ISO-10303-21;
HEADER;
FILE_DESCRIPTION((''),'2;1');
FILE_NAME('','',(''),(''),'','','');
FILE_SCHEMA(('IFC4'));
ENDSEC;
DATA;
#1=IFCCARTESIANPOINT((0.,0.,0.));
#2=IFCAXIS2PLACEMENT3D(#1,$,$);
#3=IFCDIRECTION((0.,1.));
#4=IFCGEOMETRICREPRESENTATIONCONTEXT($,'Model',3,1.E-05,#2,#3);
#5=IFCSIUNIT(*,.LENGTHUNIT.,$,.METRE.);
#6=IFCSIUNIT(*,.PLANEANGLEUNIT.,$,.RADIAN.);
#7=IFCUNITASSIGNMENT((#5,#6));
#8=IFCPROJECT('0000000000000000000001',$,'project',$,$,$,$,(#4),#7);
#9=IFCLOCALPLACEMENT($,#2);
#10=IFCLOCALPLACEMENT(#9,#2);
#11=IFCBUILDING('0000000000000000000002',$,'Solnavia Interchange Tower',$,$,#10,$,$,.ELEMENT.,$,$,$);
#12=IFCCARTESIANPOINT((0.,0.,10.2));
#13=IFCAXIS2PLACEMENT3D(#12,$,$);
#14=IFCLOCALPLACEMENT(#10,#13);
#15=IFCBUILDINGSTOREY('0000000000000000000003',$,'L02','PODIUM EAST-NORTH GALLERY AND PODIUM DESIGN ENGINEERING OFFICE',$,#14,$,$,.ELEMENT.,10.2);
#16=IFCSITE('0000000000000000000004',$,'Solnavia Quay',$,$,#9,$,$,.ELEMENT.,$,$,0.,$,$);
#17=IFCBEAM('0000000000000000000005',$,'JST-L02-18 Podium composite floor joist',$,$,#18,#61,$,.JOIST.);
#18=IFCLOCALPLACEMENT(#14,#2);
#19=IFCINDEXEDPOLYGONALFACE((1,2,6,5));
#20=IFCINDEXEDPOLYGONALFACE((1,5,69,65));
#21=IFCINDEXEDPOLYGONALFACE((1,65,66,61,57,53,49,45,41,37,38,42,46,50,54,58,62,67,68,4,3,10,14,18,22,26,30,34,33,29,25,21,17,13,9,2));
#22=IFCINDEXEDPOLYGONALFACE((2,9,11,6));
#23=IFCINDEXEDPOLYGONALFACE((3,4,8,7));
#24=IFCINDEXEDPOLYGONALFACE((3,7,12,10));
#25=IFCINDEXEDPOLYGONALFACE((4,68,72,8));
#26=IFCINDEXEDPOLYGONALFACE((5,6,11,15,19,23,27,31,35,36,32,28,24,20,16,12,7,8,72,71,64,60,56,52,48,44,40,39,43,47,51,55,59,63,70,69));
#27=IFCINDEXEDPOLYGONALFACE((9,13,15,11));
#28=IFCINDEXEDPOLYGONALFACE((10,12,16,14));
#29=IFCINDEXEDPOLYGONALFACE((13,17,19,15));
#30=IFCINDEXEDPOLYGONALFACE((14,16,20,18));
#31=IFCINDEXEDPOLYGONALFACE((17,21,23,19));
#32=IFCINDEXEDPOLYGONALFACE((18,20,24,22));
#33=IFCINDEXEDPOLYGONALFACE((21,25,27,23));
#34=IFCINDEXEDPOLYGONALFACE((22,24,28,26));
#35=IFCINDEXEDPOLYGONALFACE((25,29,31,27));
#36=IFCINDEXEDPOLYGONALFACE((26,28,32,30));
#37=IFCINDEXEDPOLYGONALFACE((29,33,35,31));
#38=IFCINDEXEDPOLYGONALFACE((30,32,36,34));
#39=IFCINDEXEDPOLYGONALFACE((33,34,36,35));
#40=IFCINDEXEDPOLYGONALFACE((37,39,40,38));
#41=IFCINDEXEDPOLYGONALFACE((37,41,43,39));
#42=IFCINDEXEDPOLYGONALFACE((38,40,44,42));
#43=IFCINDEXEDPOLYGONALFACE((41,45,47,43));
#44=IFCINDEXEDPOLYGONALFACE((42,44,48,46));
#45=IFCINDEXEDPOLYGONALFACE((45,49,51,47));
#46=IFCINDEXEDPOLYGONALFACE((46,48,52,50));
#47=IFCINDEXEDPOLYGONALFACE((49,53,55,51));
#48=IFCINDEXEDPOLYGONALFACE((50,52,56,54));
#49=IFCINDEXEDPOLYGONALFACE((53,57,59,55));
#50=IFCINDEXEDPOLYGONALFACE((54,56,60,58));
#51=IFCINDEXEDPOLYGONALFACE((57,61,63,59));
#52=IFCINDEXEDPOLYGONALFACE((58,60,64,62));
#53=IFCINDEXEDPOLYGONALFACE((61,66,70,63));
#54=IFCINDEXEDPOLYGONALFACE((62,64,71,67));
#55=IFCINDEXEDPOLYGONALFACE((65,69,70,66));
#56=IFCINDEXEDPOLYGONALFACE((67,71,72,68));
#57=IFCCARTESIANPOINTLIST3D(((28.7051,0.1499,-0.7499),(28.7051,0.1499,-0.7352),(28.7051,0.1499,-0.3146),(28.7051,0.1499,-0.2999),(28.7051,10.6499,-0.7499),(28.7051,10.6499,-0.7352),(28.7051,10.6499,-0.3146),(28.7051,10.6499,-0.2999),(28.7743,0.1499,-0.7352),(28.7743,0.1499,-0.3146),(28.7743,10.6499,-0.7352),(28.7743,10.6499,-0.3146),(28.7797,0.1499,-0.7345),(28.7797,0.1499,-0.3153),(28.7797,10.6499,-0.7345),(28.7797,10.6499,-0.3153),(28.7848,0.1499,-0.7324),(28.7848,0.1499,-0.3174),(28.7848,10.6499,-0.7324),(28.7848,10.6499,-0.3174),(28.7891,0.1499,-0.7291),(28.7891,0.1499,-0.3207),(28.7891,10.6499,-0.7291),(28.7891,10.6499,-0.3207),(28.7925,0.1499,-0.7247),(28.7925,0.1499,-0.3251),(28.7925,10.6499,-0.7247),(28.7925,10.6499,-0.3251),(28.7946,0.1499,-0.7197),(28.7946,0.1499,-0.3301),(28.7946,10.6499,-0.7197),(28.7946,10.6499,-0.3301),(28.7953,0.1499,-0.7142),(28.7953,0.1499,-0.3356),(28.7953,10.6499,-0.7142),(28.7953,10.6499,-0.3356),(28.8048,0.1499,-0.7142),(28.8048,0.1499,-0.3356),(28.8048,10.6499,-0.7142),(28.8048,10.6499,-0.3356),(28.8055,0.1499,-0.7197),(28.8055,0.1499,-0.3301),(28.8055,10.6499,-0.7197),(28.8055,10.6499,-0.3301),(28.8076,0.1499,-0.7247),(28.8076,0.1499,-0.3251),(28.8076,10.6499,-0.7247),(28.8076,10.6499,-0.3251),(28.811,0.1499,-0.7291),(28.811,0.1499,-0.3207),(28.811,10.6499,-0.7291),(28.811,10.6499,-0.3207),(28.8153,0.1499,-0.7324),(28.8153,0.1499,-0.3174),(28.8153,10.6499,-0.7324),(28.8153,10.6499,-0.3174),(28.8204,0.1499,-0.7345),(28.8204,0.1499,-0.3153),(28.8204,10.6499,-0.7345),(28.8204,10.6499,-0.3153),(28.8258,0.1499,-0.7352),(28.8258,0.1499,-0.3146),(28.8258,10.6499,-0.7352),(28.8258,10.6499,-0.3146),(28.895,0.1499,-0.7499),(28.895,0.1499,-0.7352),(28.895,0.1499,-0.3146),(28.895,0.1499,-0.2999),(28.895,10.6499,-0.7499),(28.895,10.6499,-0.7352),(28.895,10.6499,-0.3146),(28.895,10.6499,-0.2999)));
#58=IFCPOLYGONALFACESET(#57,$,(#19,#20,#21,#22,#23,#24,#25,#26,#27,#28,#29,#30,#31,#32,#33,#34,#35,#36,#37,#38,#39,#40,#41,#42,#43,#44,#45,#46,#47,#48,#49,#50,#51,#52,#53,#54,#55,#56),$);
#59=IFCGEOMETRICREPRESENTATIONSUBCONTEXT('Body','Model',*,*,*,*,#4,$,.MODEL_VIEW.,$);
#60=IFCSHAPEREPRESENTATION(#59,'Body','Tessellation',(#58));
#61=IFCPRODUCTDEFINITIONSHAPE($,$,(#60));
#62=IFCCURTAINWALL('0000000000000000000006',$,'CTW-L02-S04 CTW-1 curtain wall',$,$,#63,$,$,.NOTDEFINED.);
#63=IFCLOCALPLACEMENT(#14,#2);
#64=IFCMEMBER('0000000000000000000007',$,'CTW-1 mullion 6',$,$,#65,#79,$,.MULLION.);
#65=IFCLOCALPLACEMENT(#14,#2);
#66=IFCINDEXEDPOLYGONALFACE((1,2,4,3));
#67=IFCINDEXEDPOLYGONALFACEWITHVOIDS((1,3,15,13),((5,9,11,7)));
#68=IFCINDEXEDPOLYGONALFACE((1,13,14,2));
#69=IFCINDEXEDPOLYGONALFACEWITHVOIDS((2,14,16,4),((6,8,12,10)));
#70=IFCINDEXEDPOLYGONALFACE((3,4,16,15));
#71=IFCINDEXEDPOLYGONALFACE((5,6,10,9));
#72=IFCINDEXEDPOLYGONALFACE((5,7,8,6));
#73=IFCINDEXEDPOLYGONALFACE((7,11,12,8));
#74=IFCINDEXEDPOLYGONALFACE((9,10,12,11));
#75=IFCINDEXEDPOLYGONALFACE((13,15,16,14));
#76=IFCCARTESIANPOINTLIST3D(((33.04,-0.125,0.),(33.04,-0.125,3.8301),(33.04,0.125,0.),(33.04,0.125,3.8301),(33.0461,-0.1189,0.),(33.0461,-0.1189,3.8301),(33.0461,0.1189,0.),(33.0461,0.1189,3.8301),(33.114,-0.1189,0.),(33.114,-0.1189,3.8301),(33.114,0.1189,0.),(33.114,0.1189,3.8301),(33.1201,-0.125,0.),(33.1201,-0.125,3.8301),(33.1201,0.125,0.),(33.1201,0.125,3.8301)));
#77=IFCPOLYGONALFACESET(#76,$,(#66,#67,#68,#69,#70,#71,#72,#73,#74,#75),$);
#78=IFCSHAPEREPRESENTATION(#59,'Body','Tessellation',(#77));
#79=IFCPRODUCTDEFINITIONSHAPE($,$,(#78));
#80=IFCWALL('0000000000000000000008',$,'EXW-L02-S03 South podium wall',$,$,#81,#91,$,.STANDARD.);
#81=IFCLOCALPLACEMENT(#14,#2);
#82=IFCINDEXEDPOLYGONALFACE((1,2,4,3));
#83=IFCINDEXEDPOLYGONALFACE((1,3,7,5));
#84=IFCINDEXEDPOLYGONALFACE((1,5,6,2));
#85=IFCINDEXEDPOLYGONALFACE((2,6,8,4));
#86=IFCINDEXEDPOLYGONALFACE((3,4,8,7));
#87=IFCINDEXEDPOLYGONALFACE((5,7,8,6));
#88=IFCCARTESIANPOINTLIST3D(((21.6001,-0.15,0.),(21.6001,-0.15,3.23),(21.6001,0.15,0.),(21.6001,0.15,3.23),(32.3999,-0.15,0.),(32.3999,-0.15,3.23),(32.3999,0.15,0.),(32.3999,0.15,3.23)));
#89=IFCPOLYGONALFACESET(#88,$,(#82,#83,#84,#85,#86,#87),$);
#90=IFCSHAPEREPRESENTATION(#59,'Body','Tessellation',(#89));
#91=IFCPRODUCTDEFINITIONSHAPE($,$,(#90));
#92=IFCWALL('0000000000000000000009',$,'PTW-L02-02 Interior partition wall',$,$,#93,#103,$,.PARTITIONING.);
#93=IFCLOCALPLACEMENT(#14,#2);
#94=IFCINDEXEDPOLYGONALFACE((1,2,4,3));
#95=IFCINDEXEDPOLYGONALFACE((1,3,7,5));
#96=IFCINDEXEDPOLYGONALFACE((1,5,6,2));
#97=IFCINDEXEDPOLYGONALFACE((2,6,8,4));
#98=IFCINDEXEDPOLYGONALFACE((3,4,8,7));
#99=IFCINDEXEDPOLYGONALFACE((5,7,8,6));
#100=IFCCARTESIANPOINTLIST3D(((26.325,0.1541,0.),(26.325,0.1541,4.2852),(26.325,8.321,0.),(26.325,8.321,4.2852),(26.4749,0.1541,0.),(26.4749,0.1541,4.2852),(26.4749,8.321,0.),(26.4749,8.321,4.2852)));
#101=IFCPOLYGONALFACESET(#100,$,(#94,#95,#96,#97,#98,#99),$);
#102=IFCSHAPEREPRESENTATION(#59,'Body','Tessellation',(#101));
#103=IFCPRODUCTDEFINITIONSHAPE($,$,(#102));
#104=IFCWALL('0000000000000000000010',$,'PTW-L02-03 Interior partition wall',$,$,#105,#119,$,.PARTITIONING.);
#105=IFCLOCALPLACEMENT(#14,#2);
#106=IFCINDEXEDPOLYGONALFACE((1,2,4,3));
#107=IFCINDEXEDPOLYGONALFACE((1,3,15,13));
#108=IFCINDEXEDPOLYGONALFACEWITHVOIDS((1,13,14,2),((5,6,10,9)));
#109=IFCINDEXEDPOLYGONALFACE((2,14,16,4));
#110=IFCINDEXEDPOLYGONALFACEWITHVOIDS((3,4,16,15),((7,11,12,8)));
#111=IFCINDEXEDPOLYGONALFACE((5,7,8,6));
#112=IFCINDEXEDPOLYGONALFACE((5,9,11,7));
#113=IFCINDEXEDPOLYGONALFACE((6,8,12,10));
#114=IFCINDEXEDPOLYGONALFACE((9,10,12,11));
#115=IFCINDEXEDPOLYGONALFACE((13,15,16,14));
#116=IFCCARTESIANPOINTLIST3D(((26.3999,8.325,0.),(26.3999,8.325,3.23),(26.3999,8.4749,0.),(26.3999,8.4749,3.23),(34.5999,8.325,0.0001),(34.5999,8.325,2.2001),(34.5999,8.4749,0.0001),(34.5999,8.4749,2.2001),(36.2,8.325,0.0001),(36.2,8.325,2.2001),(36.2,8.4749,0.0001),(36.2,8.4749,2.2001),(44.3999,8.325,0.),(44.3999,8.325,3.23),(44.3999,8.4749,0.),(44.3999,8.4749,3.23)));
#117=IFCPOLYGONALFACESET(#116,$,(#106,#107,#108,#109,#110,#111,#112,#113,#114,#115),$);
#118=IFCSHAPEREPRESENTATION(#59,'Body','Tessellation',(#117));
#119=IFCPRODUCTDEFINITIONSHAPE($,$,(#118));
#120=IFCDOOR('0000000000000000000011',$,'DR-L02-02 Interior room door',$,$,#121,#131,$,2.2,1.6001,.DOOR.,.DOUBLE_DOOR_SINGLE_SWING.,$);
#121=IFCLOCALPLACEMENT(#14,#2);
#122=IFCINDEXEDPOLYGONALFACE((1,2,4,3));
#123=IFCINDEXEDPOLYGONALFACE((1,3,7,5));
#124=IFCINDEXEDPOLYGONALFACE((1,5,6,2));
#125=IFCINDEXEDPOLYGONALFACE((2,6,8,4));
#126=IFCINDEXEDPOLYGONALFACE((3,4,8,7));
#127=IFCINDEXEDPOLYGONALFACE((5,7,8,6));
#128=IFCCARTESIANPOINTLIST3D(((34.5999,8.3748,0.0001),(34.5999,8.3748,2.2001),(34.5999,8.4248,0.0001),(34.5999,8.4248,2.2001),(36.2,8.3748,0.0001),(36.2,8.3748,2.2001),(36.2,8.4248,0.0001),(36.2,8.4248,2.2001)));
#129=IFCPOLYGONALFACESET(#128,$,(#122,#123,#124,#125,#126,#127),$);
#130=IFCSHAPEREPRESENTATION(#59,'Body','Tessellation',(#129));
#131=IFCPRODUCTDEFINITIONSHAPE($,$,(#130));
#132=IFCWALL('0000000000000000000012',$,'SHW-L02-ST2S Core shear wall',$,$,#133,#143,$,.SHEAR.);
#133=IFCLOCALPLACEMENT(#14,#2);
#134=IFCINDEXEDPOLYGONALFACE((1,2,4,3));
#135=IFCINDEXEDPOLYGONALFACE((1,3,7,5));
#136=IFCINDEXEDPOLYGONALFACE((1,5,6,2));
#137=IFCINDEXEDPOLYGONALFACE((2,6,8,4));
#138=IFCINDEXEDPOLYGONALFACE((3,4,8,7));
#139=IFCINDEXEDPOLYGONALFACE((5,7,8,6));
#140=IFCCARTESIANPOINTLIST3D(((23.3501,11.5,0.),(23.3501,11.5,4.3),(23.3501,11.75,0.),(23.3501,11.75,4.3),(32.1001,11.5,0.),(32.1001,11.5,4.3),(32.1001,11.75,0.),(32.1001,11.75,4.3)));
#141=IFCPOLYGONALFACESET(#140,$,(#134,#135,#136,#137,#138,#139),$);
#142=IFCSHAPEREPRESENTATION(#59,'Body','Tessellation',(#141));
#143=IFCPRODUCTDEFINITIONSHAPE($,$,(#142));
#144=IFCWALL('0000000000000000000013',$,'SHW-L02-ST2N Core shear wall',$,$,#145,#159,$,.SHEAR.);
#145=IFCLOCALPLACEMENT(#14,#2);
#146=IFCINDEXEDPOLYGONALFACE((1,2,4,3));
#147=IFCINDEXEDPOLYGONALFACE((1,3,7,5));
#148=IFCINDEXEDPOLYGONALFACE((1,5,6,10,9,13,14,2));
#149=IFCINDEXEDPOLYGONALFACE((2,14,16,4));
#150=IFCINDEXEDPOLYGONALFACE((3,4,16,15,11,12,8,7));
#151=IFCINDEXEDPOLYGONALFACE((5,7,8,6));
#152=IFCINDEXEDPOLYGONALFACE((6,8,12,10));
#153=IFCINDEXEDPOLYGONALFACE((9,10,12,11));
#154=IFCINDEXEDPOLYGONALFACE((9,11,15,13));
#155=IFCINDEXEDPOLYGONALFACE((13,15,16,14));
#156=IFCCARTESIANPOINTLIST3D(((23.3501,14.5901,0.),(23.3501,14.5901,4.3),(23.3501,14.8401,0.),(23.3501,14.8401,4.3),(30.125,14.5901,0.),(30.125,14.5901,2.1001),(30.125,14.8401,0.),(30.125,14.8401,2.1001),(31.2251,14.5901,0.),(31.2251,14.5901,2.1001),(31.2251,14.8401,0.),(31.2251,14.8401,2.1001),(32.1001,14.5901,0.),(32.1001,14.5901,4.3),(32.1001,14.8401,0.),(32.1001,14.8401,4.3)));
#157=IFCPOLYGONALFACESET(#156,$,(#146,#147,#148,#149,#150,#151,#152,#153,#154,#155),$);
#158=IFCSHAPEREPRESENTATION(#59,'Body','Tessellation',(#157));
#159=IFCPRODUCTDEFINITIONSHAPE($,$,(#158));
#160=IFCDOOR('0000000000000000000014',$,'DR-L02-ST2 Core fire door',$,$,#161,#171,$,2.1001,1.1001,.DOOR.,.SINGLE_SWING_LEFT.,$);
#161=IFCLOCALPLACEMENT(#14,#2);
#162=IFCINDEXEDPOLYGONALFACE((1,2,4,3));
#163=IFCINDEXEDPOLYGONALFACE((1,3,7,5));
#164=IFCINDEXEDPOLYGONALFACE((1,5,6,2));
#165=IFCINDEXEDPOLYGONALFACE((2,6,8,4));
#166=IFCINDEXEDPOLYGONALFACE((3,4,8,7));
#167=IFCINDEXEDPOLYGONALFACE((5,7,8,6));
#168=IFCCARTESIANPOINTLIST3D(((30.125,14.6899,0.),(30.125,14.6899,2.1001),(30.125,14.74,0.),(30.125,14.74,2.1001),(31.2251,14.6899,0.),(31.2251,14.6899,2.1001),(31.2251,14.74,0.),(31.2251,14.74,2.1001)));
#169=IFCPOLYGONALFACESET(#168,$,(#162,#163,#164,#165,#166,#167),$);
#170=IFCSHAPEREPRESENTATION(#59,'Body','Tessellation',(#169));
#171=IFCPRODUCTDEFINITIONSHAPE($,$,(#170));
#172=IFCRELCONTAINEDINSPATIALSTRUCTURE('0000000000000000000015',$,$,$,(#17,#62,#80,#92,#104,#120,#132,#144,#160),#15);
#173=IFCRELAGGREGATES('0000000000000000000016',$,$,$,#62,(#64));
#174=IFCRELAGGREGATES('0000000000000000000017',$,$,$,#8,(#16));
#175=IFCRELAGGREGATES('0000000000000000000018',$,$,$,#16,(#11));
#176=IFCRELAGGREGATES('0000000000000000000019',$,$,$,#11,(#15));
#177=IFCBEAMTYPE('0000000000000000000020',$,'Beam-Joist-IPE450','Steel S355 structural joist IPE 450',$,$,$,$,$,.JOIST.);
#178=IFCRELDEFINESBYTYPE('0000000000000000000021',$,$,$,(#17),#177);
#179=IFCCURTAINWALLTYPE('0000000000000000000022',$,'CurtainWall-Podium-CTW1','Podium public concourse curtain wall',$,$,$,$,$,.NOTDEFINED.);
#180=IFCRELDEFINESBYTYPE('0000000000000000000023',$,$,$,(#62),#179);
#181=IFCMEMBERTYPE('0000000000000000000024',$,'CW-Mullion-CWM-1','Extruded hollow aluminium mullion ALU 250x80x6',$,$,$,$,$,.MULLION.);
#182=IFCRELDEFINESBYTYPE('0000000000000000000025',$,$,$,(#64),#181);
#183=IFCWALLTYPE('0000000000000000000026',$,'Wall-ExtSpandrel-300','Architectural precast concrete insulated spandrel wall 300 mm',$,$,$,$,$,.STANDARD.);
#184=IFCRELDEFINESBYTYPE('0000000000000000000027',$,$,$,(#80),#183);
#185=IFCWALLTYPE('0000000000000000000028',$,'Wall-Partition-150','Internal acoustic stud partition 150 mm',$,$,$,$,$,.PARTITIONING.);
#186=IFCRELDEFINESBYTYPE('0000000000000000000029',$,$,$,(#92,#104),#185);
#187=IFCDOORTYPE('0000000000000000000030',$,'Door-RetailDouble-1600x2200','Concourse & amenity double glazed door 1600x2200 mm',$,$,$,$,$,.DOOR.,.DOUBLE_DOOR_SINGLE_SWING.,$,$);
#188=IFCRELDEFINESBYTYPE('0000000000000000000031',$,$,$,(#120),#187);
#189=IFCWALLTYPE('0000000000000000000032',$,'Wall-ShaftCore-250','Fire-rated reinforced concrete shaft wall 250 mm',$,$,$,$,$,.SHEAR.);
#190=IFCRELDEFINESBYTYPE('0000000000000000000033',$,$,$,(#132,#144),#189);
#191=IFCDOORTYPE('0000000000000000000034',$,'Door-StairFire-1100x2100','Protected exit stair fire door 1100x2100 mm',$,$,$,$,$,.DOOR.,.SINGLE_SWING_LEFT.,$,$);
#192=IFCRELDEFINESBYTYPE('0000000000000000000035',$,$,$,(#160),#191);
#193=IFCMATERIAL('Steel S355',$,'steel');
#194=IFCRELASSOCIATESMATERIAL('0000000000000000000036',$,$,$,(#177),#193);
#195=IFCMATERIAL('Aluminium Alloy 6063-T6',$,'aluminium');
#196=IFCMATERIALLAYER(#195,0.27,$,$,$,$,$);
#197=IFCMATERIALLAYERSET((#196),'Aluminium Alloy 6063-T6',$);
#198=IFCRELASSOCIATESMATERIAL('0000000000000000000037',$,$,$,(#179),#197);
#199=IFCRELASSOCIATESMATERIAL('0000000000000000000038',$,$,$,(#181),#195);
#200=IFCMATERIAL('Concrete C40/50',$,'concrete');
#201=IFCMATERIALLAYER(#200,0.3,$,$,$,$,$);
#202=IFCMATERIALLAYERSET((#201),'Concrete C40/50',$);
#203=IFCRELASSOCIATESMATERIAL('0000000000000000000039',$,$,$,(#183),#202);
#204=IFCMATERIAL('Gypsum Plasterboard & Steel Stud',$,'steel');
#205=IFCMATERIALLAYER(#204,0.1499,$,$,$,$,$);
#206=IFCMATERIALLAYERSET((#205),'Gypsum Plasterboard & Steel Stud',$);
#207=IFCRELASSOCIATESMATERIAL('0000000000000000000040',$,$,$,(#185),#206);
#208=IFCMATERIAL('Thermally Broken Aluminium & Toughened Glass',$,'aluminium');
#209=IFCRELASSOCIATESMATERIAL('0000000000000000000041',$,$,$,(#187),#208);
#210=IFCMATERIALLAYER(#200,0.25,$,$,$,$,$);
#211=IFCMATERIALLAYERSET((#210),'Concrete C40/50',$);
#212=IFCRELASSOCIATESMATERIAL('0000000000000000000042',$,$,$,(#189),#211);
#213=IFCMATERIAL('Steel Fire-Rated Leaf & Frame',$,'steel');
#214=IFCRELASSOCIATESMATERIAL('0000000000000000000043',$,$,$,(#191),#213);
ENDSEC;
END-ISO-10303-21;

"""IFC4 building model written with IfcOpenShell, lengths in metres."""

from ifc_helpers import new_model, si_unit, direction, frame, frame_2d, origin, origin_2d, place, context, subcontext, project, spatial, rectangle, hollow_rectangle, i_section, extrude, material, layer, layer_set, material_profile, profile_set, type_object, element, fill, aggregate, save


model = new_model("IFC4")

# Units and contexts
model_context = context("Model", 3, precision=1e-05, world=origin(), true_north=direction((0.0, 1.0)))
body_context = subcontext(model_context, "Body", "Model", "MODEL_VIEW")
ifc_project = project(units=[si_unit("LENGTHUNIT", "METRE"), si_unit("PLANEANGLEUNIT", "RADIAN")], contexts=[model_context])

# Site, building, storey
site_placement = place(None, origin())
site = spatial("IfcSite", under=ifc_project, at=site_placement, Name="Solnavia Quay", CompositionType="ELEMENT", RefElevation=0.0)
building_placement = place(site_placement, origin())
building = spatial("IfcBuilding", under=site, at=building_placement, Name="Solnavia Interchange Tower", CompositionType="ELEMENT")
storey_placement = place(building_placement, frame((0.0, 0.0, 10.2)))
storey = spatial("IfcBuildingStorey", under=building, at=storey_placement, Name="L02", Description="PODIUM EAST-NORTH GALLERY AND PODIUM DESIGN ENGINEERING OFFICE", CompositionType="ELEMENT", Elevation=10.2)

# Beam
ifc_material_1 = material(Name="Steel S355", Category="steel")
ifc_material_profile_1 = material_profile(ifc_material_1, i_section(OverallWidth=0.1899, OverallDepth=0.45, WebThickness=0.0095, FlangeThickness=0.0146, FilletRadius=0.021, at=origin_2d()), Name="IPE 450")
ifc_profile_set_1 = profile_set([ifc_material_profile_1], Name="Steel S355")
beam_type_1 = type_object("IfcBeamType", Name="Beam-Joist-IPE450", Description="Steel S355 structural joist IPE 450", PredefinedType="JOIST", material=ifc_profile_set_1)
for number, where, z_axis, x_axis, name in (
    (1, (28.8, 0.1499, -0.5249), (0.0, 1.0, 0.0), (-1.0, 0.0, 0.0), "JST-L02-18 Podium composite floor joist"),
):
    element("IfcBeam", number, at=place(storey_placement, frame(where, z_axis=z_axis, x_axis=x_axis)), inside=storey, type_object=beam_type_1, Name=name, PredefinedType="JOIST", context=body_context, shape_type="SweptSolid", body=[
        extrude(i_section(OverallWidth=0.1899, OverallDepth=0.45, WebThickness=0.0095, FlangeThickness=0.0146, FilletRadius=0.021, at=origin_2d()), origin(), (0.0, 0.0, 1.0), 10.5),
    ])

# Curtain wall, member
ifc_material_2 = material(Name="Aluminium Alloy 6063-T6", Category="aluminium")
ifc_layer_1 = layer(ifc_material_2, 0.27)
ifc_layer_set_1 = layer_set([ifc_layer_1], Name="Aluminium Alloy 6063-T6")
curtain_wall_type = type_object("IfcCurtainWallType", Name="CurtainWall-Podium-CTW1", Description="Podium public concourse curtain wall", PredefinedType="NOTDEFINED", material=ifc_layer_set_1)
curtain_wall_placement = place(storey_placement, origin())
curtain_wall = element("IfcCurtainWall", 2, at=curtain_wall_placement, inside=storey, type_object=curtain_wall_type, Name="CTW-L02-S04 CTW-1 curtain wall", PredefinedType="NOTDEFINED")
ifc_material_profile_2 = material_profile(ifc_material_2, hollow_rectangle(XDim=0.0801, YDim=0.25, WallThickness=0.0061, at=origin_2d()), Name="ALU 250x80x6")
ifc_profile_set_2 = profile_set([ifc_material_profile_2], Name="Aluminium Alloy 6063-T6")
member_type = type_object("IfcMemberType", Name="CW-Mullion-CWM-1", Description="Extruded hollow aluminium mullion ALU 250x80x6", PredefinedType="MULLION", material=ifc_profile_set_2)
member_placement = place(storey_placement, frame((33.0801, 0.0, 0.0), z_axis=(0.0, 0.0, 1.0), x_axis=(-1.0, 0.0, 0.0)))
member = element("IfcMember", 3, at=member_placement, type_object=member_type, Name="CTW-1 mullion 6", PredefinedType="MULLION", context=body_context, shape_type="SweptSolid", body=[
    extrude(hollow_rectangle(XDim=0.0801, YDim=0.25, WallThickness=0.0061, at=origin_2d()), origin(), (0.0, 0.0, 1.0), 3.8301),
])
aggregate(curtain_wall, [member])

# Walls
ifc_material_3 = material(Name="Concrete C40/50", Category="concrete")
ifc_layer_2 = layer(ifc_material_3, 0.3)
ifc_layer_set_2 = layer_set([ifc_layer_2], Name="Concrete C40/50")
wall_type_1 = type_object("IfcWallType", Name="Wall-ExtSpandrel-300", Description="Architectural precast concrete insulated spandrel wall 300 mm", PredefinedType="STANDARD", material=ifc_layer_set_2)
wall_1_placement = place(storey_placement, frame((32.3999, 0.0, 0.0), z_axis=(0.0, 0.0, 1.0), x_axis=(-1.0, 0.0, 0.0)))
element("IfcWall", 4, at=wall_1_placement, inside=storey, type_object=wall_type_1, Name="EXW-L02-S03 South podium wall", PredefinedType="STANDARD", context=body_context, shape_type="SweptSolid", body=[
    extrude(rectangle(XDim=10.7998, YDim=0.3, at=frame_2d((5.3999, 0.0))), origin(), (0.0, 0.0, 1.0), 3.23),
])
ifc_material_4 = material(Name="Gypsum Plasterboard & Steel Stud", Category="steel")
ifc_layer_3 = layer(ifc_material_4, 0.1499)
ifc_layer_set_3 = layer_set([ifc_layer_3], Name="Gypsum Plasterboard & Steel Stud")
wall_type_2 = type_object("IfcWallType", Name="Wall-Partition-150", Description="Internal acoustic stud partition 150 mm", PredefinedType="PARTITIONING", material=ifc_layer_set_3)
wall_2_placement = place(storey_placement, frame((26.3999, 0.1541, 0.0), z_axis=(0.0, 0.0, 1.0), x_axis=(0.0, 1.0, 0.0)))
element("IfcWall", 5, at=wall_2_placement, inside=storey, type_object=wall_type_2, Name="PTW-L02-02 Interior partition wall", PredefinedType="PARTITIONING", context=body_context, shape_type="SweptSolid", body=[
    extrude(rectangle(XDim=8.167, YDim=0.1499, at=frame_2d((4.0835, 0.0))), origin(), (0.0, 0.0, 1.0), 4.2852),
])

# Wall, opening, door
wall_3_placement = place(storey_placement, frame((26.3999, 8.3999, 0.0), z_axis=(0.0, 0.0, 1.0), x_axis=(1.0, 0.0, 0.0)))
wall_3 = element("IfcWall", 6, at=wall_3_placement, inside=storey, type_object=wall_type_2, Name="PTW-L02-03 Interior partition wall", PredefinedType="PARTITIONING", context=body_context, shape_type="SweptSolid", body=[
    extrude(rectangle(XDim=18.0, YDim=0.1499, at=frame_2d((9.0, 0.0))), origin(), (0.0, 0.0, 1.0), 3.23),
])
opening_1_placement = place(wall_3_placement, frame((8.2, 0.0, 0.0)))
opening_1 = element("IfcOpeningElement", 7, at=opening_1_placement, cuts=wall_3, PredefinedType="OPENING", context=body_context, shape_type="SweptSolid", body=[
    extrude(rectangle(XDim=1.6001, YDim=2.2, at=frame_2d((0.8, 1.1001))), frame((0.0, 0.085, 0.0), z_axis=(0.0, -1.0, 0.0), x_axis=(1.0, 0.0, 0.0)), (0.0, 0.0, 1.0), 0.1699),
])
ifc_material_5 = material(Name="Thermally Broken Aluminium & Toughened Glass", Category="aluminium")
door_type_1 = type_object("IfcDoorType", Name="Door-RetailDouble-1600x2200", Description="Concourse & amenity double glazed door 1600x2200 mm", OperationType="DOUBLE_DOOR_SINGLE_SWING", PredefinedType="DOOR", material=ifc_material_5)
door_1_placement = place(opening_1_placement, origin())
door_1 = element("IfcDoor", 8, at=door_1_placement, inside=storey, type_object=door_type_1, Name="DR-L02-02 Interior room door", OperationType="DOUBLE_DOOR_SINGLE_SWING", OverallHeight=2.2, OverallWidth=1.6001, PredefinedType="DOOR", context=body_context, shape_type="SweptSolid", body=[
    extrude(rectangle(XDim=1.6001, YDim=2.2, at=frame_2d((0.8, 1.1001))), frame((0.0, 0.0249, 0.0), z_axis=(0.0, -1.0, 0.0), x_axis=(1.0, 0.0, 0.0)), (0.0, 0.0, 1.0), 0.05),
])
fill(opening_1, door_1)

# Wall
ifc_layer_4 = layer(ifc_material_3, 0.25)
ifc_layer_set_4 = layer_set([ifc_layer_4], Name="Concrete C40/50")
wall_type_3 = type_object("IfcWallType", Name="Wall-ShaftCore-250", Description="Fire-rated reinforced concrete shaft wall 250 mm", PredefinedType="SHEAR", material=ifc_layer_set_4)
wall_4_placement = place(storey_placement, frame((23.3501, 11.625, 0.0), z_axis=(0.0, 0.0, 1.0), x_axis=(1.0, 0.0, 0.0)))
element("IfcWall", 9, at=wall_4_placement, inside=storey, type_object=wall_type_3, Name="SHW-L02-ST2S Core shear wall", PredefinedType="SHEAR", context=body_context, shape_type="SweptSolid", body=[
    extrude(rectangle(XDim=8.75, YDim=0.25, at=frame_2d((4.375, 0.0))), origin(), (0.0, 0.0, 1.0), 4.3),
])

# Wall, opening, door
wall_5_placement = place(storey_placement, frame((23.3501, 14.7151, 0.0), z_axis=(0.0, 0.0, 1.0), x_axis=(1.0, 0.0, 0.0)))
wall_5 = element("IfcWall", 10, at=wall_5_placement, inside=storey, type_object=wall_type_3, Name="SHW-L02-ST2N Core shear wall", PredefinedType="SHEAR", context=body_context, shape_type="SweptSolid", body=[
    extrude(rectangle(XDim=8.75, YDim=0.25, at=frame_2d((4.375, 0.0))), origin(), (0.0, 0.0, 1.0), 4.3),
])
opening_2_placement = place(wall_5_placement, frame((6.7749, 0.0, 0.0)))
opening_2 = element("IfcOpeningElement", 11, at=opening_2_placement, cuts=wall_5, PredefinedType="OPENING", context=body_context, shape_type="SweptSolid", body=[
    extrude(rectangle(XDim=1.1001, YDim=2.1001, at=frame_2d((0.55, 1.05))), frame((0.0, 0.135, 0.0), z_axis=(0.0, -1.0, 0.0), x_axis=(1.0, 0.0, 0.0)), (0.0, 0.0, 1.0), 0.27),
])
ifc_material_6 = material(Name="Steel Fire-Rated Leaf & Frame", Category="steel")
door_type_2 = type_object("IfcDoorType", Name="Door-StairFire-1100x2100", Description="Protected exit stair fire door 1100x2100 mm", OperationType="SINGLE_SWING_LEFT", PredefinedType="DOOR", material=ifc_material_6)
door_2_placement = place(opening_2_placement, origin())
door_2 = element("IfcDoor", 12, at=door_2_placement, inside=storey, type_object=door_type_2, Name="DR-L02-ST2 Core fire door", OperationType="SINGLE_SWING_LEFT", OverallHeight=2.1001, OverallWidth=1.1001, PredefinedType="DOOR", context=body_context, shape_type="SweptSolid", body=[
    extrude(rectangle(XDim=1.1001, YDim=2.1001, at=frame_2d((0.55, 1.05))), frame((0.0, 0.0249, 0.0), z_axis=(0.0, -1.0, 0.0), x_axis=(1.0, 0.0, 0.0)), (0.0, 0.0, 1.0), 0.05),
])
fill(opening_2, door_2)

save(model, "model.ifc")
